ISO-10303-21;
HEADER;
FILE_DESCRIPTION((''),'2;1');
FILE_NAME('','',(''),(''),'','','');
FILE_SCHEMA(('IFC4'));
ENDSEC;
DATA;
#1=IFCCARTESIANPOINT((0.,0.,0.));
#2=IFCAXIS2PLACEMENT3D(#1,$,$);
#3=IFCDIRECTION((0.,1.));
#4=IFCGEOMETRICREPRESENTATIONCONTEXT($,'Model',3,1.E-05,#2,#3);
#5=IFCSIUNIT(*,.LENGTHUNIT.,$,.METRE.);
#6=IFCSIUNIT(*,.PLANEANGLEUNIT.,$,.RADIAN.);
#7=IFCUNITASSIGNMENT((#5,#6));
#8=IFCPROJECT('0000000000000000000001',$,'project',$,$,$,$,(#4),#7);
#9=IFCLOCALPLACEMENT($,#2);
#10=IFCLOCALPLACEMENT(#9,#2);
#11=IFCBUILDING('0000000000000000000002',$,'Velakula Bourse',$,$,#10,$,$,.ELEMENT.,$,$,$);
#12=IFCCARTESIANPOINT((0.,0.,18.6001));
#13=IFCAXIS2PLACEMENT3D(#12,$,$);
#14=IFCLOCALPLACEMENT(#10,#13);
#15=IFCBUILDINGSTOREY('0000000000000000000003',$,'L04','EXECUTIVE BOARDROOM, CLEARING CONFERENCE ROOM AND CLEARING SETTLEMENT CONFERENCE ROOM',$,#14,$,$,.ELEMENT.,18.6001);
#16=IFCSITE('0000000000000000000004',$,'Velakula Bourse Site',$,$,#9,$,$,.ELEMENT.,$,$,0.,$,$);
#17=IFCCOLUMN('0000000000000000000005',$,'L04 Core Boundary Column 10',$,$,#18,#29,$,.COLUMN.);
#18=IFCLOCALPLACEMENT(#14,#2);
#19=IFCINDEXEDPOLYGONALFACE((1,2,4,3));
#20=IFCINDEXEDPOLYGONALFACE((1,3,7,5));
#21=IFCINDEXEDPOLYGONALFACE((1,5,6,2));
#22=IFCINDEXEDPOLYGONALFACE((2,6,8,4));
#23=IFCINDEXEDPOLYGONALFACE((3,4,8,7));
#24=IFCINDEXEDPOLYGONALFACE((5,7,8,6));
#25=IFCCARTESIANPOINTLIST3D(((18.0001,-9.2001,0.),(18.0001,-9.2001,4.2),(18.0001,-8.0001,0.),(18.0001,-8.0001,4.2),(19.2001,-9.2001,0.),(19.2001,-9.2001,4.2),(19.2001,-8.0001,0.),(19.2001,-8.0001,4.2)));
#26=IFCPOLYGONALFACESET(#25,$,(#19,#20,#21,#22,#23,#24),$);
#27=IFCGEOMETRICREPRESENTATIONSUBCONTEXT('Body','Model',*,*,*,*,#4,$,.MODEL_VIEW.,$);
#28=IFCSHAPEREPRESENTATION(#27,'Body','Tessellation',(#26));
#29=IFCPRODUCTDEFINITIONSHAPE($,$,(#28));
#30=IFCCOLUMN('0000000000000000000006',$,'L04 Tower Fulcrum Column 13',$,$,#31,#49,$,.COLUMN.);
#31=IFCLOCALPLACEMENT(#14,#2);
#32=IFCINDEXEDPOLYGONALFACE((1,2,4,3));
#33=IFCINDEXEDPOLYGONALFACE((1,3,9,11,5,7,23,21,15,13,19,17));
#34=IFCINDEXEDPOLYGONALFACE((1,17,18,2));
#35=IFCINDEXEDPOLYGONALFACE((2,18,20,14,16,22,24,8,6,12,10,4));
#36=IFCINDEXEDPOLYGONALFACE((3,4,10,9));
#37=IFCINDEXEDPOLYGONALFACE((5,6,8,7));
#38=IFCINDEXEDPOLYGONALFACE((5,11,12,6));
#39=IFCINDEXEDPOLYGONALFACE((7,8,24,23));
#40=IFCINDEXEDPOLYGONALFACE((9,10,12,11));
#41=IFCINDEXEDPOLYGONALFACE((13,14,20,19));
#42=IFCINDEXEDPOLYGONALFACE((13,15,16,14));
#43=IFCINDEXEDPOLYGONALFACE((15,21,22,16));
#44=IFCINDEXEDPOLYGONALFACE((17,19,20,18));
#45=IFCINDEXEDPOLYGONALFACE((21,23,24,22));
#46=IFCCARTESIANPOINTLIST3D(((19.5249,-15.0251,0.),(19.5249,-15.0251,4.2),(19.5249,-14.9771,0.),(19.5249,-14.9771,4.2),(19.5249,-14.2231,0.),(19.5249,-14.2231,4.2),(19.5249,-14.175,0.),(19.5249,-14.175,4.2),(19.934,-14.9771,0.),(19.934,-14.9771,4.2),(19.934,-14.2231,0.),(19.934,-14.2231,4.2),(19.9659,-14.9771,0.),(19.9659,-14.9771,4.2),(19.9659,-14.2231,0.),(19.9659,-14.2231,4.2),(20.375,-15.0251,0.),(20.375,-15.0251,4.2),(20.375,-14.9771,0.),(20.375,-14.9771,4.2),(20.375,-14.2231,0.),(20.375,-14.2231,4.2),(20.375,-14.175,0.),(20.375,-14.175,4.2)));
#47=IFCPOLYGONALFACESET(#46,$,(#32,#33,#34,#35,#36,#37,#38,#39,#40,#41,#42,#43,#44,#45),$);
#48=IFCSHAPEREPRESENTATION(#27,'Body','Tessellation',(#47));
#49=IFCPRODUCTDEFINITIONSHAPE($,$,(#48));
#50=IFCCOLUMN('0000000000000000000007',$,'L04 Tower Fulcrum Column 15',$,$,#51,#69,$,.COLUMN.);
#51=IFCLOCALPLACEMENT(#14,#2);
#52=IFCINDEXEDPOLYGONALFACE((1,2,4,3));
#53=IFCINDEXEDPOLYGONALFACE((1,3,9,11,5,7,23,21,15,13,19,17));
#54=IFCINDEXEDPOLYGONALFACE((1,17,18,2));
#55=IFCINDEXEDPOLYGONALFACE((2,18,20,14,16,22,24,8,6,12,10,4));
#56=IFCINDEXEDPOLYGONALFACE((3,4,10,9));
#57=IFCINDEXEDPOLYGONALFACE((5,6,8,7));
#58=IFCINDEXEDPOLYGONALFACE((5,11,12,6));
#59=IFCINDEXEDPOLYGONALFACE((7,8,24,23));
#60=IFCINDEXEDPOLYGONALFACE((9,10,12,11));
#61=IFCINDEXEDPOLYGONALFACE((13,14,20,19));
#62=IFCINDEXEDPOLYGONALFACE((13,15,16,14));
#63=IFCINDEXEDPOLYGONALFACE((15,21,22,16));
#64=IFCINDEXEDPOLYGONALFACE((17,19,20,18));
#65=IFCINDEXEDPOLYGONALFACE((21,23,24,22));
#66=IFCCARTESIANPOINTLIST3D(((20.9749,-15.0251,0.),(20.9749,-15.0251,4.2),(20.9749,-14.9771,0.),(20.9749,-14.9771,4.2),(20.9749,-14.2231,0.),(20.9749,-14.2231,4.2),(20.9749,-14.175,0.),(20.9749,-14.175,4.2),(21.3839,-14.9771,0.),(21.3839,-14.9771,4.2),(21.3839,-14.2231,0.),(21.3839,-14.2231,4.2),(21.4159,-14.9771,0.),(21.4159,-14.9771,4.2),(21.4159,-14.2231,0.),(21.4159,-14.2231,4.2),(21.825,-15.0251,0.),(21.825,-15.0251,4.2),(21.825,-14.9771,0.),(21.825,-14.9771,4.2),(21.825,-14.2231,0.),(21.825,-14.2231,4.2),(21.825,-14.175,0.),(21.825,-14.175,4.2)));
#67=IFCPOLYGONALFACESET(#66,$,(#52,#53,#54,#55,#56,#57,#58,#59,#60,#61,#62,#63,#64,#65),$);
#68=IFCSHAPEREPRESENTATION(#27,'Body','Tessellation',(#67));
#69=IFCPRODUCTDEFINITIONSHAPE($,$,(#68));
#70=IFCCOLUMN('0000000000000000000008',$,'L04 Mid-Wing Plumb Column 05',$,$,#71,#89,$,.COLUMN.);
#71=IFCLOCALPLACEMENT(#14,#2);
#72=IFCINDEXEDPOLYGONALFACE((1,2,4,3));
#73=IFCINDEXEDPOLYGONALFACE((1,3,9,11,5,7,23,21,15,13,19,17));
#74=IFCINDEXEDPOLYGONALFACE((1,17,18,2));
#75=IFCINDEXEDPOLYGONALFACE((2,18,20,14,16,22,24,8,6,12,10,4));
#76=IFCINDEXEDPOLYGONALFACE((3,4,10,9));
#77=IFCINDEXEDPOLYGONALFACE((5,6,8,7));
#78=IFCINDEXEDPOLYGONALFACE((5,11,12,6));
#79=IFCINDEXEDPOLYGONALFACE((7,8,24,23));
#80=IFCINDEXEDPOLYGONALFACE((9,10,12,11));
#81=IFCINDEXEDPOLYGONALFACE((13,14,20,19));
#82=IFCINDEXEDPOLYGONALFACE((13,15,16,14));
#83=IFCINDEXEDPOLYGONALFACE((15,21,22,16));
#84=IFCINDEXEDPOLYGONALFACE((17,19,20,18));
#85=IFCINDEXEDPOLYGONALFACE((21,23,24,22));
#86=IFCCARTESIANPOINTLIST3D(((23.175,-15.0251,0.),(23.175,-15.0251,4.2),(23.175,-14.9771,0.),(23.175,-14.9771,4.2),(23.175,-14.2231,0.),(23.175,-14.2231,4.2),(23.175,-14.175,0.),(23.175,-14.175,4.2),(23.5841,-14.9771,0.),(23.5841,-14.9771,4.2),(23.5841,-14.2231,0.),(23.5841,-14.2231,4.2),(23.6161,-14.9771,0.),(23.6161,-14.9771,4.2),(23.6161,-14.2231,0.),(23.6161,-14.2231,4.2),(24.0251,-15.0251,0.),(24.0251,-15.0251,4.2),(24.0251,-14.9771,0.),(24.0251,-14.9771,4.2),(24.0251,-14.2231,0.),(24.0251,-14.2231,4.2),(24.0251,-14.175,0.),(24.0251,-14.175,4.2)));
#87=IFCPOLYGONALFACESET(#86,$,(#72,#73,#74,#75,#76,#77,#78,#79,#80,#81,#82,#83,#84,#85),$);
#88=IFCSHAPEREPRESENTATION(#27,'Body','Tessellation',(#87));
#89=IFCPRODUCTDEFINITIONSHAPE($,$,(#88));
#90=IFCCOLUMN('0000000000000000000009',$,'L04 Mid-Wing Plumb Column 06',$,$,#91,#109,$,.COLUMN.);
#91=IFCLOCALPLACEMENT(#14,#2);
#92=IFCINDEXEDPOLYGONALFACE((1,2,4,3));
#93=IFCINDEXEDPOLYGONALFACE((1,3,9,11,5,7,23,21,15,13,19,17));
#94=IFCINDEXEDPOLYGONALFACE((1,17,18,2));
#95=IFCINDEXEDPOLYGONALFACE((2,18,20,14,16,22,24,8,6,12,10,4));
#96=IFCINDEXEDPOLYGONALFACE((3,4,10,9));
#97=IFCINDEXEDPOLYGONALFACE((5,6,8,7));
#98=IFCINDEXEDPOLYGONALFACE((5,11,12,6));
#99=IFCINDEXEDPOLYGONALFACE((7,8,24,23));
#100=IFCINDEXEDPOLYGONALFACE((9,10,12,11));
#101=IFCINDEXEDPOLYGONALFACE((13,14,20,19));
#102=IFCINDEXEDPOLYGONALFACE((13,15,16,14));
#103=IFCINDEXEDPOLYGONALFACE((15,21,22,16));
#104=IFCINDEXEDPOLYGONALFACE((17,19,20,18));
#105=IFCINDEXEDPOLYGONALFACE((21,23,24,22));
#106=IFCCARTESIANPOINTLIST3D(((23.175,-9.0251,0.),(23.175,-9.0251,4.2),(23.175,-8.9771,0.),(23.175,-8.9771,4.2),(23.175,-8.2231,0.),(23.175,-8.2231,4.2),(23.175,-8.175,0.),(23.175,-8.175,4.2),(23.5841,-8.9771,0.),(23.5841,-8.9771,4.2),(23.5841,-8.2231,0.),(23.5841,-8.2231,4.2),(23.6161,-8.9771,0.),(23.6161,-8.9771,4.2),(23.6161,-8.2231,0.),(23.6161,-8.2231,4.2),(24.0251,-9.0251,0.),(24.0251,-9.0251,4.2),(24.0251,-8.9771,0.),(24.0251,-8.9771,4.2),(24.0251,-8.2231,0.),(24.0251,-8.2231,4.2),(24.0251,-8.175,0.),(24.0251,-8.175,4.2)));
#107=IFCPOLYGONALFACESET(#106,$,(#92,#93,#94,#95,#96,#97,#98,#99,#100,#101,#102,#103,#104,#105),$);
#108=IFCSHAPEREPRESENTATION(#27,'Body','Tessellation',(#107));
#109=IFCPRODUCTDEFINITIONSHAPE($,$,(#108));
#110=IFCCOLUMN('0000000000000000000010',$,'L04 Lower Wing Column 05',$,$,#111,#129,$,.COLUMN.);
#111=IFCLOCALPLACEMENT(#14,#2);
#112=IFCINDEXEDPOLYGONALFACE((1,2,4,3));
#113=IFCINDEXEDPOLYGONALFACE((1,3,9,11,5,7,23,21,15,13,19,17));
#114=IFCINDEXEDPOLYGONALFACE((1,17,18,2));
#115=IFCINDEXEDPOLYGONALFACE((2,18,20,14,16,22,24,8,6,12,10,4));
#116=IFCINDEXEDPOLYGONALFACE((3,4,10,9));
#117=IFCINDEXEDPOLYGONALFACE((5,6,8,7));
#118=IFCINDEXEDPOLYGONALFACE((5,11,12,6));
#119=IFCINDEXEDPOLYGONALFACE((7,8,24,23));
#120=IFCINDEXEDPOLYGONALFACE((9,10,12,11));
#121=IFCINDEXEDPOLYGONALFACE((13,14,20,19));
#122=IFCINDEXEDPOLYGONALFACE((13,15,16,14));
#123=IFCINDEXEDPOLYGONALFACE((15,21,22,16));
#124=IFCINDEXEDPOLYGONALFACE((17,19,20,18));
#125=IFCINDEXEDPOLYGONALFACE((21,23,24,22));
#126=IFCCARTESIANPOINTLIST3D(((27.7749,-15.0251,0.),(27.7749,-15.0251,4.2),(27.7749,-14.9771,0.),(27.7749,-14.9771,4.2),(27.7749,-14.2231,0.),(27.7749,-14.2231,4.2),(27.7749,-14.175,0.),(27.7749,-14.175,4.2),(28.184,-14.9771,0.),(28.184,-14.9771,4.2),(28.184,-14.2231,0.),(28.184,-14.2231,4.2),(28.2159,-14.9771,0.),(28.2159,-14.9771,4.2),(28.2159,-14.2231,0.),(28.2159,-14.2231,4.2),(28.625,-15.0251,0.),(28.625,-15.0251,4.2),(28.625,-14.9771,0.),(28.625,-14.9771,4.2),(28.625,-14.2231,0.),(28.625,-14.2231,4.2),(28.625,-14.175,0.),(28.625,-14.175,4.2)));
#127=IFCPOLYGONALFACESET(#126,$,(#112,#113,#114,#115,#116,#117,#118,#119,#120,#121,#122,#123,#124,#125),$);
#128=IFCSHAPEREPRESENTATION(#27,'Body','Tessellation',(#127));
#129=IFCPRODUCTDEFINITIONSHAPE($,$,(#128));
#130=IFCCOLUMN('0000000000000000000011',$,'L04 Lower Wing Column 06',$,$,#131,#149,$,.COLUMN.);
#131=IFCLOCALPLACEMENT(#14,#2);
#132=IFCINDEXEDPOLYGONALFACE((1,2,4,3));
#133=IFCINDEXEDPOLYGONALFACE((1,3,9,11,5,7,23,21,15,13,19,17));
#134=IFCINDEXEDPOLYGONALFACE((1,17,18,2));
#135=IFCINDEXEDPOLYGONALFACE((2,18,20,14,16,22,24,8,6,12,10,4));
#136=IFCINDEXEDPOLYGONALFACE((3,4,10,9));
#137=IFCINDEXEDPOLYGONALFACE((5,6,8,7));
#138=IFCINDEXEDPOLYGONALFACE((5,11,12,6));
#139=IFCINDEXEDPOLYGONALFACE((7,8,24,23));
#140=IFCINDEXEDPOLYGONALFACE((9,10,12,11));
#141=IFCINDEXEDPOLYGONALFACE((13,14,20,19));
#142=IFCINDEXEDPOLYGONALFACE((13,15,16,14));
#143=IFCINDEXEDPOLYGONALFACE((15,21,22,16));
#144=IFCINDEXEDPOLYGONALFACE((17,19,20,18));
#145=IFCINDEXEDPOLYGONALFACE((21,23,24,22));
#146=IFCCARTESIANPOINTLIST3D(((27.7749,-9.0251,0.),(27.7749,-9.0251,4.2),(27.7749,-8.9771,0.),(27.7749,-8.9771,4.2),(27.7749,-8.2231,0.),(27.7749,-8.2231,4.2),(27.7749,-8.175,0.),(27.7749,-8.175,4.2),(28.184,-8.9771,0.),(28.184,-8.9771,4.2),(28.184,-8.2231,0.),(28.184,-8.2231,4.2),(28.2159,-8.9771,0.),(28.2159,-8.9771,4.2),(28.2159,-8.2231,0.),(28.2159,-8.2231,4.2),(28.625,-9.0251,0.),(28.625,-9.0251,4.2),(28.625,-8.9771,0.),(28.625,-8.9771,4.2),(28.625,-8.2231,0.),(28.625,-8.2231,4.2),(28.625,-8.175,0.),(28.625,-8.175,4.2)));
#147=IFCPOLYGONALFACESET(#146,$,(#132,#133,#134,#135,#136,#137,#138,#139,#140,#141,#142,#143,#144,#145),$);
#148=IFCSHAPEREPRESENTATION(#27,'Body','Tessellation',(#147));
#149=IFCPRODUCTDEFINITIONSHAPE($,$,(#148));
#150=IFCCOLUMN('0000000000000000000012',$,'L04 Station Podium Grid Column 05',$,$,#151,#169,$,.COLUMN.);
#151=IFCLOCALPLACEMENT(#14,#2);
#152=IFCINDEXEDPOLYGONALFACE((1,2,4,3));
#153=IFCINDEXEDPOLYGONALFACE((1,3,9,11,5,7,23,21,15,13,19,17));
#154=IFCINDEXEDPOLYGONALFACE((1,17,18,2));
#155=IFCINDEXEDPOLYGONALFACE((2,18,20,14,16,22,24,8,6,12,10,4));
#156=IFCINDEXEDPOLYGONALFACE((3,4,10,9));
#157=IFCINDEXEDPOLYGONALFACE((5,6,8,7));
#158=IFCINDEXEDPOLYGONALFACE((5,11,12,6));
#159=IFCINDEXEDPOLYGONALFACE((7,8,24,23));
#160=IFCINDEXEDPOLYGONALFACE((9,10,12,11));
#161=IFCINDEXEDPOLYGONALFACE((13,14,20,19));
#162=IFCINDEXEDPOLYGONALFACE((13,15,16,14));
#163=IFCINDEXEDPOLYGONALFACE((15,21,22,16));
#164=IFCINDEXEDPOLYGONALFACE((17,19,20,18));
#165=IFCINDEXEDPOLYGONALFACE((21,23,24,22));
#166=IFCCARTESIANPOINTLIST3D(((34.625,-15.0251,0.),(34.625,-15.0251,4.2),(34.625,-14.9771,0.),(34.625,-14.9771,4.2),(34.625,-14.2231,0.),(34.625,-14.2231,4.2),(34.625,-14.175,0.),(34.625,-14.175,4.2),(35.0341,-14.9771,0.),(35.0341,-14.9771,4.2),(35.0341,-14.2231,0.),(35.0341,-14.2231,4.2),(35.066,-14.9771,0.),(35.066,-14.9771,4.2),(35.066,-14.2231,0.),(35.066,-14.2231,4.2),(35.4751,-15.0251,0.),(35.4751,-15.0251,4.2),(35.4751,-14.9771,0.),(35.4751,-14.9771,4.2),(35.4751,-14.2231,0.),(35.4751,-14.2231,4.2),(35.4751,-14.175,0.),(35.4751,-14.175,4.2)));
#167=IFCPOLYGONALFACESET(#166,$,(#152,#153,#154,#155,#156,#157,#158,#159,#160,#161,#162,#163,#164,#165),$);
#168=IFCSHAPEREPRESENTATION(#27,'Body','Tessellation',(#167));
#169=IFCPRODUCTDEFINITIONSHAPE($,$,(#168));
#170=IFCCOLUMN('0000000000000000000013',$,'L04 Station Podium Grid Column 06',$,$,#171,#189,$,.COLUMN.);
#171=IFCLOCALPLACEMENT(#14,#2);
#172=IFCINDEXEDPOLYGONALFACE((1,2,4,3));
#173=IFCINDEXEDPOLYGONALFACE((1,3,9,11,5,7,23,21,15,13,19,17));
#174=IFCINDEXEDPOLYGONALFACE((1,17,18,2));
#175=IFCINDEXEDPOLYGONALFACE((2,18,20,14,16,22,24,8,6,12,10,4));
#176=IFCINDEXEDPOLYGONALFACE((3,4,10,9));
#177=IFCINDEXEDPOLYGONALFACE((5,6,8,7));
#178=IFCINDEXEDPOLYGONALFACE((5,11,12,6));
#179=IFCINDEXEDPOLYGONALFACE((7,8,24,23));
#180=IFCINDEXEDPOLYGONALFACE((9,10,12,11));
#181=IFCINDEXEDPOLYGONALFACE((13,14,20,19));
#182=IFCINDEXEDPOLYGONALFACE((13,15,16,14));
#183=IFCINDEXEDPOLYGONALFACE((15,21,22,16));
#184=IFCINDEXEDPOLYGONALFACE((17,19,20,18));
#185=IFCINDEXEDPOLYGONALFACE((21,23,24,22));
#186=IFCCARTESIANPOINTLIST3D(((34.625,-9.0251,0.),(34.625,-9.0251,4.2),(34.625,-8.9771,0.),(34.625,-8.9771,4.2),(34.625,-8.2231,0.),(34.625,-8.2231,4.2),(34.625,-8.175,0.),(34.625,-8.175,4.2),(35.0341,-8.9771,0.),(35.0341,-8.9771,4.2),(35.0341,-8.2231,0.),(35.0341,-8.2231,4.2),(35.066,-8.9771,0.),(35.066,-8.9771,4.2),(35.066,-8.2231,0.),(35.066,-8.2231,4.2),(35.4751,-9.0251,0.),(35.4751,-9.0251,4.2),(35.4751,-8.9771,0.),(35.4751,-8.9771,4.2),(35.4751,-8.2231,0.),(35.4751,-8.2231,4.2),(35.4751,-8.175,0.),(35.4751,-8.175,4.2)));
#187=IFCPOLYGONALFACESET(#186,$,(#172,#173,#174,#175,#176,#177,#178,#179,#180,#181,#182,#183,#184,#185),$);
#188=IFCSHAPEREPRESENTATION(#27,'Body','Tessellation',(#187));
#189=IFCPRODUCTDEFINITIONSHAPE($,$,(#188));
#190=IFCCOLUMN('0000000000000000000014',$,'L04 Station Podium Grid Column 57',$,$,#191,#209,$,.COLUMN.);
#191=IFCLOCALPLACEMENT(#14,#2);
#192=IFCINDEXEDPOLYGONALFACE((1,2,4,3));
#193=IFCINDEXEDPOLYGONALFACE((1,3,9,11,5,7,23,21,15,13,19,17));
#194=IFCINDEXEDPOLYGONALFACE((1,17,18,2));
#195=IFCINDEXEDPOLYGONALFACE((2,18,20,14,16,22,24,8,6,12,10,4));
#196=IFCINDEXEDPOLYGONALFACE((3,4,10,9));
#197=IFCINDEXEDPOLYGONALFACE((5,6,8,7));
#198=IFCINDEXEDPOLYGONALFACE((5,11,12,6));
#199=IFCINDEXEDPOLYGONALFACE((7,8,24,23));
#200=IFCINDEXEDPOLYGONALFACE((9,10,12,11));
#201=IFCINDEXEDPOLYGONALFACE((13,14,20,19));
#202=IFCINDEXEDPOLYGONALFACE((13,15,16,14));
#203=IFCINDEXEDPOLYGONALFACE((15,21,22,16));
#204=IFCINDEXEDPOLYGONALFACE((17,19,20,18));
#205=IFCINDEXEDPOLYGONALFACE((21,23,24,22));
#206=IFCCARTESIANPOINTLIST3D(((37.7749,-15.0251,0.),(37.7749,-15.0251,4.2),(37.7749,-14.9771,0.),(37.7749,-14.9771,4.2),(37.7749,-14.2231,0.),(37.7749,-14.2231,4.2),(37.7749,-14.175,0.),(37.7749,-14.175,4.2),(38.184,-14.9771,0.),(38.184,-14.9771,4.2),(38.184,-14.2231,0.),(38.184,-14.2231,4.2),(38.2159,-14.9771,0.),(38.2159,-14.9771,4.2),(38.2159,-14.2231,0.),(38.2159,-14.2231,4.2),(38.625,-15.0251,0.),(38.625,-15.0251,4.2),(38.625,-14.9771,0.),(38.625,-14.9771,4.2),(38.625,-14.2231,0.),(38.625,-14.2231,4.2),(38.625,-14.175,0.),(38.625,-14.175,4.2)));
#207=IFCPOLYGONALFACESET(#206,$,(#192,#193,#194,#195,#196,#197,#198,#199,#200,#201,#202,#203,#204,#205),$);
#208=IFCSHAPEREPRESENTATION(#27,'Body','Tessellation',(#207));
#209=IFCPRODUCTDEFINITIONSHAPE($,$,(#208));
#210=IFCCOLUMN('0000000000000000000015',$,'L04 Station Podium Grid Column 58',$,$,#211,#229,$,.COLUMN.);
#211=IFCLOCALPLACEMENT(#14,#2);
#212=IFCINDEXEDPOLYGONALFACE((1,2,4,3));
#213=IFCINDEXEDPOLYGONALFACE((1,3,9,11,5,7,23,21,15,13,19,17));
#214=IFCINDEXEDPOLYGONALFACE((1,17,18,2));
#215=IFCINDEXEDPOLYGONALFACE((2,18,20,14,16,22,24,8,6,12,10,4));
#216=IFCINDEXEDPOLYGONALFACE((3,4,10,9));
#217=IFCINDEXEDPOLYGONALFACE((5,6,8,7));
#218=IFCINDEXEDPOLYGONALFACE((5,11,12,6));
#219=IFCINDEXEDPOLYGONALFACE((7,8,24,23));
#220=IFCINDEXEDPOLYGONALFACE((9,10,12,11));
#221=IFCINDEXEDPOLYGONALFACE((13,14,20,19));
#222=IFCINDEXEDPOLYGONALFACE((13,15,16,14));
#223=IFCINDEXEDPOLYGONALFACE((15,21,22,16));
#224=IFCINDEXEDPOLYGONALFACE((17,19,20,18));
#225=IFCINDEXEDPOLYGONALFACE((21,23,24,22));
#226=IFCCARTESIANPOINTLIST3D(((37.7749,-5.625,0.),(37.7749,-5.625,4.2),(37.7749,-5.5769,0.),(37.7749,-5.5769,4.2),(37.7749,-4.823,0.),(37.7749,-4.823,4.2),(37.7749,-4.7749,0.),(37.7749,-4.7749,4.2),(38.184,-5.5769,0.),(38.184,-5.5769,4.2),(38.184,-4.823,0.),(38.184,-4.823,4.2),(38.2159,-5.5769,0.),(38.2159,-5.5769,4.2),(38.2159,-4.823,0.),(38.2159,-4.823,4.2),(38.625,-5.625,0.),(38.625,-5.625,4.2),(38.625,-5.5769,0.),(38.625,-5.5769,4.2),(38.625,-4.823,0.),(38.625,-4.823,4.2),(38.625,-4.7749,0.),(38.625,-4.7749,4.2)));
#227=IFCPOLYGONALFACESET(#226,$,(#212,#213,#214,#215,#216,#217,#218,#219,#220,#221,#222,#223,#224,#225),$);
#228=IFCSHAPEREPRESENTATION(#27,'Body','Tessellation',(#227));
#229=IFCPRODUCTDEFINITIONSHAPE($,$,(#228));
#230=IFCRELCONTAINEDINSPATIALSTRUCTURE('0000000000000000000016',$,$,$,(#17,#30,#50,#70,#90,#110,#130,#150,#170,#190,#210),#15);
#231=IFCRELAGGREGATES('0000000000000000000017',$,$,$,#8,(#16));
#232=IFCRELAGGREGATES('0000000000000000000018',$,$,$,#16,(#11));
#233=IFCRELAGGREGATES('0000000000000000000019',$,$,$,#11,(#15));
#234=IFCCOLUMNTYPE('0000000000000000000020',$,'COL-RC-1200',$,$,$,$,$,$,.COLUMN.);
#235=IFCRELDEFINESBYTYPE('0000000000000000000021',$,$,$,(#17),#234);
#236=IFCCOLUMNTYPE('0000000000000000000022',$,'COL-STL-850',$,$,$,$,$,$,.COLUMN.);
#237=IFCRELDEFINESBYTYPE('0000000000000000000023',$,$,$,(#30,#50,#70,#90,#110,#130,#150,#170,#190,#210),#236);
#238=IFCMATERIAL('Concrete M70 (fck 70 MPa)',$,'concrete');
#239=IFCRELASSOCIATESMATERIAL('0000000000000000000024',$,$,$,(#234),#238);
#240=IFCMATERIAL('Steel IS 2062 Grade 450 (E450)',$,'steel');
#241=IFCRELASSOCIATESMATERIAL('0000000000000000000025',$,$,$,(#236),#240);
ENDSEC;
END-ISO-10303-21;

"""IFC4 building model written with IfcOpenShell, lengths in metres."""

from ifc_helpers import new_model, si_unit, direction, frame, origin, origin_2d, place, context, subcontext, project, spatial, rectangle, i_section, extrude, material, material_profile, profile_set, type_object, element, save


model = new_model("IFC4")

# Units and contexts
model_context = context("Model", 3, precision=1e-05, world=origin(), true_north=direction((0.0, 1.0)))
body_context = subcontext(model_context, "Body", "Model", "MODEL_VIEW")
ifc_project = project(units=[si_unit("LENGTHUNIT", "METRE"), si_unit("PLANEANGLEUNIT", "RADIAN")], contexts=[model_context])

# Site, building, storey
site_placement = place(None, origin())
site = spatial("IfcSite", under=ifc_project, at=site_placement, Name="Velakula Bourse Site", CompositionType="ELEMENT", RefElevation=0.0)
building_placement = place(site_placement, origin())
building = spatial("IfcBuilding", under=site, at=building_placement, Name="Velakula Bourse", CompositionType="ELEMENT")
storey_placement = place(building_placement, frame((0.0, 0.0, 18.6001)))
storey = spatial("IfcBuildingStorey", under=building, at=storey_placement, Name="L04", Description="EXECUTIVE BOARDROOM, CLEARING CONFERENCE ROOM AND CLEARING SETTLEMENT CONFERENCE ROOM", CompositionType="ELEMENT", Elevation=18.6001)

# Columns
ifc_material_1 = material(Name="Concrete M70 (fck 70 MPa)", Category="concrete")
ifc_material_profile_1 = material_profile(ifc_material_1, rectangle(XDim=1.2, YDim=1.2, at=origin_2d()), Name="Concrete M70 (fck 70 MPa)")
ifc_profile_set_1 = profile_set([ifc_material_profile_1], Name="Concrete M70 (fck 70 MPa)")
column_type_1 = type_object("IfcColumnType", Name="COL-RC-1200", PredefinedType="COLUMN", material=ifc_profile_set_1)
column_placement = place(storey_placement, frame((18.6001, -8.6001, 0.0), z_axis=(0.0, 0.0, 1.0), x_axis=(1.0, 0.0, 0.0)))
element("IfcColumn", 1, at=column_placement, inside=storey, type_object=column_type_1, Name="L04 Core Boundary Column 10", PredefinedType="COLUMN", context=body_context, shape_type="SweptSolid", body=[
    extrude(rectangle(XDim=1.2, YDim=1.2, at=origin_2d()), origin(), (0.0, 0.0, 1.0), 4.2),
])
ifc_material_2 = material(Name="Steel IS 2062 Grade 450 (E450)", Category="steel")
ifc_material_profile_2 = material_profile(ifc_material_2, i_section(OverallWidth=0.8501, OverallDepth=0.8501, WebThickness=0.032, FlangeThickness=0.0481, at=origin_2d()), Name="Steel IS 2062 Grade 450 (E450)")
ifc_profile_set_2 = profile_set([ifc_material_profile_2], Name="Steel IS 2062 Grade 450 (E450)")
column_type_2 = type_object("IfcColumnType", Name="COL-STL-850", PredefinedType="COLUMN", material=ifc_profile_set_2)
for number, where, z_axis, x_axis, name in (
    (2, (19.95, -14.6001, 0.0), (0.0, 0.0, 1.0), (1.0, 0.0, 0.0), "L04 Tower Fulcrum Column 13"),
    (3, (21.3999, -14.6001, 0.0), (0.0, 0.0, 1.0), (1.0, 0.0, 0.0), "L04 Tower Fulcrum Column 15"),
    (4, (23.6001, -14.6001, 0.0), (0.0, 0.0, 1.0), (1.0, 0.0, 0.0), "L04 Mid-Wing Plumb Column 05"),
    (5, (23.6001, -8.6001, 0.0), (0.0, 0.0, 1.0), (1.0, 0.0, 0.0), "L04 Mid-Wing Plumb Column 06"),
    (6, (28.2, -14.6001, 0.0), (0.0, 0.0, 1.0), (1.0, 0.0, 0.0), "L04 Lower Wing Column 05"),
    (7, (28.2, -8.6001, 0.0), (0.0, 0.0, 1.0), (1.0, 0.0, 0.0), "L04 Lower Wing Column 06"),
    (8, (35.05, -14.6001, 0.0), (0.0, 0.0, 1.0), (1.0, 0.0, 0.0), "L04 Station Podium Grid Column 05"),
    (9, (35.05, -8.6001, 0.0), (0.0, 0.0, 1.0), (1.0, 0.0, 0.0), "L04 Station Podium Grid Column 06"),
    (10, (38.2, -14.6001, 0.0), (0.0, 0.0, 1.0), (1.0, 0.0, 0.0), "L04 Station Podium Grid Column 57"),
    (11, (38.2, -5.2, 0.0), (0.0, 0.0, 1.0), (1.0, 0.0, 0.0), "L04 Station Podium Grid Column 58"),
):
    element("IfcColumn", number, at=place(storey_placement, frame(where, z_axis=z_axis, x_axis=x_axis)), inside=storey, type_object=column_type_2, Name=name, PredefinedType="COLUMN", context=body_context, shape_type="SweptSolid", body=[
        extrude(i_section(OverallWidth=0.8501, OverallDepth=0.8501, WebThickness=0.032, FlangeThickness=0.0481, at=origin_2d()), origin(), (0.0, 0.0, 1.0), 4.2),
    ])

save(model, "model.ifc")
